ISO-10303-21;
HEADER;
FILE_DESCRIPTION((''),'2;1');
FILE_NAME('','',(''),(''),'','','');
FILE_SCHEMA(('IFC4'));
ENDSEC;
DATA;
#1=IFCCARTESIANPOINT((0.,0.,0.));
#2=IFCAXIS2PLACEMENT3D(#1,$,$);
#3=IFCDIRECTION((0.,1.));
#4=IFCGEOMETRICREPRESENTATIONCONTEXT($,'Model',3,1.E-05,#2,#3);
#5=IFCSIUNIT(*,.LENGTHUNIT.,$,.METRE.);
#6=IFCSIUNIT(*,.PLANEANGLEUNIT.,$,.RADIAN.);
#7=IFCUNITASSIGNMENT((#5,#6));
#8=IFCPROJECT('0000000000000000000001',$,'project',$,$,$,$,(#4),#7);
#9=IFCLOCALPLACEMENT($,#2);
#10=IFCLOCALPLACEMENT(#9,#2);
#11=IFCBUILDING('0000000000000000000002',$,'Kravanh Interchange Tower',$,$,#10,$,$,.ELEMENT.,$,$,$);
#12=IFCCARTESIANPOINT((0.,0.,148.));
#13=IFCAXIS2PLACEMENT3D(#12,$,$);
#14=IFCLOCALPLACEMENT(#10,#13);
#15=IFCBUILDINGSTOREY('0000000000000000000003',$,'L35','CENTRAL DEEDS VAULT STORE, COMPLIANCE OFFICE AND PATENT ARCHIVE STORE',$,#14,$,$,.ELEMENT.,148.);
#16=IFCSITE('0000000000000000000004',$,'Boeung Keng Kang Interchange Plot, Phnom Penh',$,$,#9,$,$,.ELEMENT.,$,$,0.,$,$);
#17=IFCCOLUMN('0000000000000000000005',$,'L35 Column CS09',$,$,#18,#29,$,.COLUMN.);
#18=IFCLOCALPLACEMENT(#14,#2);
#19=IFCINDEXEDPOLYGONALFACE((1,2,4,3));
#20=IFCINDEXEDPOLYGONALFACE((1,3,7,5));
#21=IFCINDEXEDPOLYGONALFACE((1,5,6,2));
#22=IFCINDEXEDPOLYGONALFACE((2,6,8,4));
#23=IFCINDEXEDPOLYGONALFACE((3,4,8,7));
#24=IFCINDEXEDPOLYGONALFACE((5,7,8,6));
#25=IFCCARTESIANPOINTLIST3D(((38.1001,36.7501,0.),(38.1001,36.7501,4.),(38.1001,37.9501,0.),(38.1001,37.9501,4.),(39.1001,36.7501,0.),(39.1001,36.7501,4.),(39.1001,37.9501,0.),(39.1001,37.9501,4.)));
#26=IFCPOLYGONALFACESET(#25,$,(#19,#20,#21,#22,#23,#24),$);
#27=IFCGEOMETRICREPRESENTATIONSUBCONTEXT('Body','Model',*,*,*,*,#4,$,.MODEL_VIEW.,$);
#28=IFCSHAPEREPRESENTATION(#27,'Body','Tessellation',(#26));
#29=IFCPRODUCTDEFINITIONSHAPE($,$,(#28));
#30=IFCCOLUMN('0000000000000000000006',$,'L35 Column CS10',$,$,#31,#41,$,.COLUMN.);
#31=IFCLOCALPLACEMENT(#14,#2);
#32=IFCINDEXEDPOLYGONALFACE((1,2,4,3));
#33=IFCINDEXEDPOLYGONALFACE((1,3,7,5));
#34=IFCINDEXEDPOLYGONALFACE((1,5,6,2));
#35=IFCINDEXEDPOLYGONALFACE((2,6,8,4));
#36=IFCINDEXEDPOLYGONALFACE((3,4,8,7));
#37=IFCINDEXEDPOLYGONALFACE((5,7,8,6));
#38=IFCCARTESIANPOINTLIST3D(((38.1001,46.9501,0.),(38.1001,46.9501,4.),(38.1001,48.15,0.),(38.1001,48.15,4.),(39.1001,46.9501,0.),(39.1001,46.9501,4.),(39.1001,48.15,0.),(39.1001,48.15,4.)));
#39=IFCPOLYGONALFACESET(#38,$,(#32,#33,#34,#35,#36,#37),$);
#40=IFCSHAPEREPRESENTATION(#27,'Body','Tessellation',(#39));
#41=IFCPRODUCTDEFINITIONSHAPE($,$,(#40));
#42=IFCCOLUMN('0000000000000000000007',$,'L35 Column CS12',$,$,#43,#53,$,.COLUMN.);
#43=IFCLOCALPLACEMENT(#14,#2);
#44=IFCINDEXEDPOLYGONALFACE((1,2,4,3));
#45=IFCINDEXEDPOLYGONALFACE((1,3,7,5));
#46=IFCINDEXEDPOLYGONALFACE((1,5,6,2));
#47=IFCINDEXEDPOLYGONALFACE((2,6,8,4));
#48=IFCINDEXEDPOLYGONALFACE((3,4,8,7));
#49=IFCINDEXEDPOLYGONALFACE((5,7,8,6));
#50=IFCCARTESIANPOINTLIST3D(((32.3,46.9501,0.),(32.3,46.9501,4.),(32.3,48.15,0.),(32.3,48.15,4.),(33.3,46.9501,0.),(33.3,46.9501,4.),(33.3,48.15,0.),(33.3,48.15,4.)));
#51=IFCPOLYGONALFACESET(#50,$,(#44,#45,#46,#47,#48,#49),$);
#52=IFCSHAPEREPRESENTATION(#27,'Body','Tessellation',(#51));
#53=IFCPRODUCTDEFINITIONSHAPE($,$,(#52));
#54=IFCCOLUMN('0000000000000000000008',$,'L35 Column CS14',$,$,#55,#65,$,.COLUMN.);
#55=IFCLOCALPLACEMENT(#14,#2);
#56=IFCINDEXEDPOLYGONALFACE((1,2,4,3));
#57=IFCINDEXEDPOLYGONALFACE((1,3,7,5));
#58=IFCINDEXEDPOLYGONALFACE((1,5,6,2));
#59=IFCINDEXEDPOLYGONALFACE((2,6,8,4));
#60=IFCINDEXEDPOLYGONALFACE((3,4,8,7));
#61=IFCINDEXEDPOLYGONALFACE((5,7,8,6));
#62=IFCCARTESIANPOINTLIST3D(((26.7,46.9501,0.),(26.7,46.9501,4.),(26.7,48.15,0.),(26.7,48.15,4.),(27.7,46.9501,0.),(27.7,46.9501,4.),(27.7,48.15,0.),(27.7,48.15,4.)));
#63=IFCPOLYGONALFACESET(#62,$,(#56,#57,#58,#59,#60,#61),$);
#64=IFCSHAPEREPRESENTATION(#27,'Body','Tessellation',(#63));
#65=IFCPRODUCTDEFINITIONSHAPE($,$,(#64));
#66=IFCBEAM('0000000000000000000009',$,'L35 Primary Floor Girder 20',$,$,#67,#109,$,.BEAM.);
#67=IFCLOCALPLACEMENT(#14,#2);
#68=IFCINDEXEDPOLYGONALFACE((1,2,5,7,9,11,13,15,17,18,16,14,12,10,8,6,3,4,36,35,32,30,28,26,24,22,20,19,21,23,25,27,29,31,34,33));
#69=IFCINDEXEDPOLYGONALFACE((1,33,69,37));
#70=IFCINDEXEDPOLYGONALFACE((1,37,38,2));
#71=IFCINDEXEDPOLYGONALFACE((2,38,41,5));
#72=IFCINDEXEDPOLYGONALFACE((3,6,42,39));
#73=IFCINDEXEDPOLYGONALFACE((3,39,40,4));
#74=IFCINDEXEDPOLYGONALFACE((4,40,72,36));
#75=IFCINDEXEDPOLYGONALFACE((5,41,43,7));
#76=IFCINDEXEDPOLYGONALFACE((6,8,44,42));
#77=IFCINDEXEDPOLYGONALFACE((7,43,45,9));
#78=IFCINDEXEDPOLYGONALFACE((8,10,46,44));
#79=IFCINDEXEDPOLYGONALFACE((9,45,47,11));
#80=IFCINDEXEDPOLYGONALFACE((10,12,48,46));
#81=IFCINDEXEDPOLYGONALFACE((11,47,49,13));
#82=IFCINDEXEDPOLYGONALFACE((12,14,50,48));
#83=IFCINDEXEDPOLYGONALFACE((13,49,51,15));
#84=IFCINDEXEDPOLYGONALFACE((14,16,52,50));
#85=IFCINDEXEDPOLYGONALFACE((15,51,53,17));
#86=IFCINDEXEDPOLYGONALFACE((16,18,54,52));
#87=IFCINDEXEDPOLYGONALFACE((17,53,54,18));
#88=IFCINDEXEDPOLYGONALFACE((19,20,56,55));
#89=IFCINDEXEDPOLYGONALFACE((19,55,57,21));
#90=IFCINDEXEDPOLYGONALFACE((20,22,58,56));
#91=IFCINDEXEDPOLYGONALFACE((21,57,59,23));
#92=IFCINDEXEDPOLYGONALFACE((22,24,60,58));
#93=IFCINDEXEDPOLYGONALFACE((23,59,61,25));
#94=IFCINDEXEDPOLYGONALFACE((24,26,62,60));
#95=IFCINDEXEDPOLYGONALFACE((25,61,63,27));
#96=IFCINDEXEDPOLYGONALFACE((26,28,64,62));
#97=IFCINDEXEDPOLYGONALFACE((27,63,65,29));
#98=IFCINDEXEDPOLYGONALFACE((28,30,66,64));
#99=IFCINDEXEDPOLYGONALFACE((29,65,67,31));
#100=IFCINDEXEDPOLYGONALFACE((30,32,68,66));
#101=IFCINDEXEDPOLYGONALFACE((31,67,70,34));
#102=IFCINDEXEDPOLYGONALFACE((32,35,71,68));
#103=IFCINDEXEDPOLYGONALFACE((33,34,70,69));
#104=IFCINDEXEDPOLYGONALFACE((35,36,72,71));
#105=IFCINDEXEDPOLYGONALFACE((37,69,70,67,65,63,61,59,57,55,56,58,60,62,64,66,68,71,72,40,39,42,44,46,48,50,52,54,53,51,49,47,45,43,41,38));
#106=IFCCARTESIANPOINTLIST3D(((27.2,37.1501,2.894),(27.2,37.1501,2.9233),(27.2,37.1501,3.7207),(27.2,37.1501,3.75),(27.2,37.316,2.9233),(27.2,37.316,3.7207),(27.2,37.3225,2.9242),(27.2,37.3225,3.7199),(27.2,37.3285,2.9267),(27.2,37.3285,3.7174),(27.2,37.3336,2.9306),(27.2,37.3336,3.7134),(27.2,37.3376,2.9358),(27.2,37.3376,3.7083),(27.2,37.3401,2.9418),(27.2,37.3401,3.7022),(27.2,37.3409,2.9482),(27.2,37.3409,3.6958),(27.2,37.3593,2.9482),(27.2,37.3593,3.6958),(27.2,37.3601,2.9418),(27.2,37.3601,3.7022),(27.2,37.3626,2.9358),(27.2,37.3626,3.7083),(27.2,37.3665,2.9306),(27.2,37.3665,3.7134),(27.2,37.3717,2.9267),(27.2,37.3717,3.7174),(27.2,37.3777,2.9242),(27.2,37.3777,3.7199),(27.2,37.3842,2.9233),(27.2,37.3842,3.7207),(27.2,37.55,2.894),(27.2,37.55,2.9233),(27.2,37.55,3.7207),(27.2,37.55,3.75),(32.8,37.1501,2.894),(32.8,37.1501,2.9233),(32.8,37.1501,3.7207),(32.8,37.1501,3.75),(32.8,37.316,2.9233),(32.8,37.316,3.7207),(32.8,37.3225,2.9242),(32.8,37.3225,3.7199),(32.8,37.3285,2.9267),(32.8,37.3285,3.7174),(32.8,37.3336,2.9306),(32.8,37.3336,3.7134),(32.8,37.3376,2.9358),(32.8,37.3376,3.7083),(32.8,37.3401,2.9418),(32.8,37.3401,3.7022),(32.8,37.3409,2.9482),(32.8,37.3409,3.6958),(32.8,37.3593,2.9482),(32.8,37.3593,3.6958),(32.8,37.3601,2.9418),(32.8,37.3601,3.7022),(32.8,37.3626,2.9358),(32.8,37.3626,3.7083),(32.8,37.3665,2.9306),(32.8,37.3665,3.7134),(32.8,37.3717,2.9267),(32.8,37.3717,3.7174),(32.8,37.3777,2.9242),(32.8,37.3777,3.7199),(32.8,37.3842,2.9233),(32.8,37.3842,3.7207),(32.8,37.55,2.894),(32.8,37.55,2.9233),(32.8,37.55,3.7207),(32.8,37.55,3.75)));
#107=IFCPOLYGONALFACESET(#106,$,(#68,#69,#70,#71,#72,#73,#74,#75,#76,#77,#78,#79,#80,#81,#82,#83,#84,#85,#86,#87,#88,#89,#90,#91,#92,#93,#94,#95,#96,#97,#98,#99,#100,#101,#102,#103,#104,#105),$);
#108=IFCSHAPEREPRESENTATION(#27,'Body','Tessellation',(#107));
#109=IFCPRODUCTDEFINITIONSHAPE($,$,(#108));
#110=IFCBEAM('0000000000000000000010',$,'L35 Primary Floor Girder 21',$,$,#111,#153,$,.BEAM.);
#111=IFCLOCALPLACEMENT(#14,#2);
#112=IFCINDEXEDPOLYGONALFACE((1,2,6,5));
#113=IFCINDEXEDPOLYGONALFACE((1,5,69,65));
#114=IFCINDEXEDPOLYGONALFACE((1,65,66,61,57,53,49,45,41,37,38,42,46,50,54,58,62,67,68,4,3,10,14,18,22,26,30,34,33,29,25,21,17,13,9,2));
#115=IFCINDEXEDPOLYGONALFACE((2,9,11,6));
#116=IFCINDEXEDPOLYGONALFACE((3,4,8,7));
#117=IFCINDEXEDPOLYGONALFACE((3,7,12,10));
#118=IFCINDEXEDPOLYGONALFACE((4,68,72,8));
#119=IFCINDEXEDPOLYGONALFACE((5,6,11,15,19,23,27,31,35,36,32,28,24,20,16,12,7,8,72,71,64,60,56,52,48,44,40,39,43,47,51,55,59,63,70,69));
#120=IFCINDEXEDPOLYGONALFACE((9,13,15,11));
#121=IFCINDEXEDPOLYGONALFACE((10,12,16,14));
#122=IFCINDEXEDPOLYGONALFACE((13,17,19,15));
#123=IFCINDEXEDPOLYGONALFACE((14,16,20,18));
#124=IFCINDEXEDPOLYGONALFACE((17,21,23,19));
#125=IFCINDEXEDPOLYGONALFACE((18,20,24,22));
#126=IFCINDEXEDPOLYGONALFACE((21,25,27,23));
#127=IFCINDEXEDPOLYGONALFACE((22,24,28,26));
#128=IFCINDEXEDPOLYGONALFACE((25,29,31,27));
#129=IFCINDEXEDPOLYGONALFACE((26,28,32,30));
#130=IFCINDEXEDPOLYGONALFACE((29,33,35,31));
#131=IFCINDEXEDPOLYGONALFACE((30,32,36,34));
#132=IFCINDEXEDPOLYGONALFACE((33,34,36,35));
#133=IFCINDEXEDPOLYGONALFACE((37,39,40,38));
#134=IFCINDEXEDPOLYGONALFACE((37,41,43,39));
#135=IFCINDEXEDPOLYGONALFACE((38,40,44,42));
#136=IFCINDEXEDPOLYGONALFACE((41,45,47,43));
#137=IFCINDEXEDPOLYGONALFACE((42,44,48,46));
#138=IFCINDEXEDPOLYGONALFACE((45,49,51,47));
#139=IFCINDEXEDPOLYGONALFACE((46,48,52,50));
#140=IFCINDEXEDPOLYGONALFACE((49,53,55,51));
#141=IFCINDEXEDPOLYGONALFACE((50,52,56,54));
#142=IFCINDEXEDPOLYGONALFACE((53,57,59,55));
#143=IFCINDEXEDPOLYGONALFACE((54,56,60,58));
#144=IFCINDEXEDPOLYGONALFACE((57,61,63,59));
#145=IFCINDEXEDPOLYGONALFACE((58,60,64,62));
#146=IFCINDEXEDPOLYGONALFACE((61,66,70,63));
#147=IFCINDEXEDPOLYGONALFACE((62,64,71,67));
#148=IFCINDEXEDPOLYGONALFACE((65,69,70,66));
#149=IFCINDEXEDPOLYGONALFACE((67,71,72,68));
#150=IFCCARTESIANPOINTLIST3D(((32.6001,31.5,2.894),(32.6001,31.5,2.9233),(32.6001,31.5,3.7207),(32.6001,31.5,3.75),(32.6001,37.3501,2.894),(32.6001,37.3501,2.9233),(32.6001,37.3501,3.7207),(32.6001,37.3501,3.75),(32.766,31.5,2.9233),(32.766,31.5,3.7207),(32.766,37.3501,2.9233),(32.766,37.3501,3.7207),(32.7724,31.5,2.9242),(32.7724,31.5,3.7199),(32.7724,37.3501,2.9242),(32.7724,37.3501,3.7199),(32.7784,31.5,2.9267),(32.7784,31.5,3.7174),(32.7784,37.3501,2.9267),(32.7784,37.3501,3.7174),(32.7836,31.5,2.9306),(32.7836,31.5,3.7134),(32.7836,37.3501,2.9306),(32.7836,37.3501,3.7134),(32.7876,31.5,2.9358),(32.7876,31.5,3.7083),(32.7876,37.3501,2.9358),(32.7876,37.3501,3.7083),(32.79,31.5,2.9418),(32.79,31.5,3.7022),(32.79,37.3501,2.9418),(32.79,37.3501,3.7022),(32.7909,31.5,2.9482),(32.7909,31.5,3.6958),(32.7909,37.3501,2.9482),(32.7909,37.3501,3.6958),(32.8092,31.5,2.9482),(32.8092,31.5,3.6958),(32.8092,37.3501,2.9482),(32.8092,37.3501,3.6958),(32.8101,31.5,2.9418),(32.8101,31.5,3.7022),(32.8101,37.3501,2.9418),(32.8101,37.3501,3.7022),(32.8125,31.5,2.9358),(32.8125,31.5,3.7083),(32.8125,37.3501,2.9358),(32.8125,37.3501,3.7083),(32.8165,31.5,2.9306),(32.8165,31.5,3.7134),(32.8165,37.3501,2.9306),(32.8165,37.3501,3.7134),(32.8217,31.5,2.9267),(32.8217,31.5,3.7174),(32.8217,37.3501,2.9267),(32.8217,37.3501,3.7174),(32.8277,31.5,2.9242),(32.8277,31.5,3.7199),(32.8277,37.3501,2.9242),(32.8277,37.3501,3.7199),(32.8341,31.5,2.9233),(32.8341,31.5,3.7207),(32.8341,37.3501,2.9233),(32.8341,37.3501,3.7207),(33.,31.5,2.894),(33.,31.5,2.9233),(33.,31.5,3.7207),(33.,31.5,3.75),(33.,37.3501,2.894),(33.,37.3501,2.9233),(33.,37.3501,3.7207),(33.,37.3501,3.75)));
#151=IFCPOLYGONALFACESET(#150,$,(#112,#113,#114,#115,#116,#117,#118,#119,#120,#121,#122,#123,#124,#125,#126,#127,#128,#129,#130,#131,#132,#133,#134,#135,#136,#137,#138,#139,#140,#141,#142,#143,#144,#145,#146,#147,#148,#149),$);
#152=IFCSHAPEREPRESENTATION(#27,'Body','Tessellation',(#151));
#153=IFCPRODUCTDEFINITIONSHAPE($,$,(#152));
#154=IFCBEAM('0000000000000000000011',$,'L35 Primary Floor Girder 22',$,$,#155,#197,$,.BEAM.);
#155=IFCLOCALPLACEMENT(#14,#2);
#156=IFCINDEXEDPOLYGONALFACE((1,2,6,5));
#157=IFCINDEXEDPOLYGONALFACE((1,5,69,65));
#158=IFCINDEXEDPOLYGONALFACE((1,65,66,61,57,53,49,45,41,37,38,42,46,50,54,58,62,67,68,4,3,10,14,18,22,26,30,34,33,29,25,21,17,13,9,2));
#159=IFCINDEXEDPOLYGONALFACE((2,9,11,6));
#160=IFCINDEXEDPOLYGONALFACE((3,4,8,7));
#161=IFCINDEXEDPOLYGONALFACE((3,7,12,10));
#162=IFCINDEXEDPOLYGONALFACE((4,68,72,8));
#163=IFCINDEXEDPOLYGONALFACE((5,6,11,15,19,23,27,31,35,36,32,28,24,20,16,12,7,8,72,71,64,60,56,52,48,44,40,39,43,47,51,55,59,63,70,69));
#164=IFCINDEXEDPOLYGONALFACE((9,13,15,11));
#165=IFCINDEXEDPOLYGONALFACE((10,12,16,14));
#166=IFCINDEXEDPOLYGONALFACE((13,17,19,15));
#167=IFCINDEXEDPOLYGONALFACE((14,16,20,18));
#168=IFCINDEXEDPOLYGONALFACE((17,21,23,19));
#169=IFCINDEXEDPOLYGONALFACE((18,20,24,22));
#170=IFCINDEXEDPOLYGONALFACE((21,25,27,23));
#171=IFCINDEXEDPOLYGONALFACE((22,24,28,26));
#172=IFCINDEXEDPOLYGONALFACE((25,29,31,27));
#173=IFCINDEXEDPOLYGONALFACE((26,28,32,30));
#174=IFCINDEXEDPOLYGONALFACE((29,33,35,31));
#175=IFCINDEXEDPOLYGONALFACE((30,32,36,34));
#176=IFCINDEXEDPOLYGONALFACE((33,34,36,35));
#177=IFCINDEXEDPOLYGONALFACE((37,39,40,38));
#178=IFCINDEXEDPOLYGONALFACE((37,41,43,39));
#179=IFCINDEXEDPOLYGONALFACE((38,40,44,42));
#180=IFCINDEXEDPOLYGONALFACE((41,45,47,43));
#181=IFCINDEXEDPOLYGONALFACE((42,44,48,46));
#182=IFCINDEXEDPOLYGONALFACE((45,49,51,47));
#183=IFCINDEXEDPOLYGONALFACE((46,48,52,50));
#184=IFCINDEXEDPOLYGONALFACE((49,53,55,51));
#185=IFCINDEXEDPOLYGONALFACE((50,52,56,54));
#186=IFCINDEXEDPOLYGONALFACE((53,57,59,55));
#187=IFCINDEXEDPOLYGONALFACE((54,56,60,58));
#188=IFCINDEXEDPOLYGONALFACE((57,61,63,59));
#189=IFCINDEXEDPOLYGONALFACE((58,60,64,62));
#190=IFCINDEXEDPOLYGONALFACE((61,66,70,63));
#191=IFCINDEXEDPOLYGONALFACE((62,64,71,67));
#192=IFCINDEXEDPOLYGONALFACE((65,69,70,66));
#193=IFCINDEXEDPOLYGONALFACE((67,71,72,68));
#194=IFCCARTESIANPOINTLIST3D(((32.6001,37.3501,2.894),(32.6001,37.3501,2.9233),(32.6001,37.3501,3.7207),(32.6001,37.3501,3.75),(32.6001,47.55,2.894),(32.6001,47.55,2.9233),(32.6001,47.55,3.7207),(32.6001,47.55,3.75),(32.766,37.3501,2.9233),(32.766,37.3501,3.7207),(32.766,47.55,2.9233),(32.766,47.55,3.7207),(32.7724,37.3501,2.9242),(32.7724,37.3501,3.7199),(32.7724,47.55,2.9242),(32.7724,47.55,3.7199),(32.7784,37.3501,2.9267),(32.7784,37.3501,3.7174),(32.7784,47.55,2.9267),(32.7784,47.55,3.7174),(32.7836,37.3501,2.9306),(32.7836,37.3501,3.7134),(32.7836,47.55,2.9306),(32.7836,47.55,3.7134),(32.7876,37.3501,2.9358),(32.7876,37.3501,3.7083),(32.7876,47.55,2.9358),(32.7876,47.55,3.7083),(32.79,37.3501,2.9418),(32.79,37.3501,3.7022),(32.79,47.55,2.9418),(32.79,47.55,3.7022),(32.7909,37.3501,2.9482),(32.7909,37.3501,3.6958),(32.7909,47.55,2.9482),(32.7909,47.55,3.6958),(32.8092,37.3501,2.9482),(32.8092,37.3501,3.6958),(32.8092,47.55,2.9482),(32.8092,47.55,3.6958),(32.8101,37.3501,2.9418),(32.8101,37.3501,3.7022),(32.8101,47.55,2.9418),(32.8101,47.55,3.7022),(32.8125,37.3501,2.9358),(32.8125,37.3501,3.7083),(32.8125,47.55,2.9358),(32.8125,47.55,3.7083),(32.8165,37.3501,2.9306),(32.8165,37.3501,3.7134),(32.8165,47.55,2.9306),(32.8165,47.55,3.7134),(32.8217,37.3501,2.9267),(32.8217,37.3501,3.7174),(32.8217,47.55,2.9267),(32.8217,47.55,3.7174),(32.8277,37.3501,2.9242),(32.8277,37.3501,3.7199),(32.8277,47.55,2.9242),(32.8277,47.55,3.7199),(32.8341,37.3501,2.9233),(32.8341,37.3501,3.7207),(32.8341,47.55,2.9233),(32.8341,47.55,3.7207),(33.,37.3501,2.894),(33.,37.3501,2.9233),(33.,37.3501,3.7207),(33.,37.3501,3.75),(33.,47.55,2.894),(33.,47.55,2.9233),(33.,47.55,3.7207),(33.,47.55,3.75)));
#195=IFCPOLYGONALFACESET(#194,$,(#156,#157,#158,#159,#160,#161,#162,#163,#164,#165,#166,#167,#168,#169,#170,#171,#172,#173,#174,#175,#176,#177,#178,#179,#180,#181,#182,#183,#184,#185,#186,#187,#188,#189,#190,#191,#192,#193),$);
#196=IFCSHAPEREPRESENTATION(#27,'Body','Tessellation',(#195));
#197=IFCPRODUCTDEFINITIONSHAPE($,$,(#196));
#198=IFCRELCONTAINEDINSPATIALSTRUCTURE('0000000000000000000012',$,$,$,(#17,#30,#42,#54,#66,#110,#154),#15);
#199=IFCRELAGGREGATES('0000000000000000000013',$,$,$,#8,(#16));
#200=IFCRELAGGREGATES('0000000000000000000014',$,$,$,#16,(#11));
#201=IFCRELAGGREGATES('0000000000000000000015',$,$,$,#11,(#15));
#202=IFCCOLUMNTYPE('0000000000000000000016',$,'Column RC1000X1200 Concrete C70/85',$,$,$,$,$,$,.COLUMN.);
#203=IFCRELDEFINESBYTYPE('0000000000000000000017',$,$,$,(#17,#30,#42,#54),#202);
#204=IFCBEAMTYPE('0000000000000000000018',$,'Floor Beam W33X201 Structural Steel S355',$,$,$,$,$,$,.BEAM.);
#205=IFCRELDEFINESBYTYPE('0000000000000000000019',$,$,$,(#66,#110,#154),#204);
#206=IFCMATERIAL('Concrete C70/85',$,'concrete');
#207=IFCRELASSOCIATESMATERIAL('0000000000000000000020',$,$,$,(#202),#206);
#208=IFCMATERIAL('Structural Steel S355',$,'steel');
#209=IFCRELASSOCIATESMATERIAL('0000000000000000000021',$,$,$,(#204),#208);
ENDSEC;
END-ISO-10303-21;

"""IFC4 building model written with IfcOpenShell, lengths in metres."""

from ifc_helpers import new_model, si_unit, direction, frame, origin, origin_2d, place, context, subcontext, project, spatial, rectangle, i_section, extrude, material, material_profile, profile_set, type_object, element, save


model = new_model("IFC4")

# Units and contexts
model_context = context("Model", 3, precision=1e-05, world=origin(), true_north=direction((0.0, 1.0)))
body_context = subcontext(model_context, "Body", "Model", "MODEL_VIEW")
ifc_project = project(units=[si_unit("LENGTHUNIT", "METRE"), si_unit("PLANEANGLEUNIT", "RADIAN")], contexts=[model_context])

# Site, building, storey
site_placement = place(None, origin())
site = spatial("IfcSite", under=ifc_project, at=site_placement, Name="Boeung Keng Kang Interchange Plot, Phnom Penh", CompositionType="ELEMENT", RefElevation=0.0)
building_placement = place(site_placement, origin())
building = spatial("IfcBuilding", under=site, at=building_placement, Name="Kravanh Interchange Tower", CompositionType="ELEMENT")
storey_placement = place(building_placement, frame((0.0, 0.0, 148.0)))
storey = spatial("IfcBuildingStorey", under=building, at=storey_placement, Name="L35", Description="CENTRAL DEEDS VAULT STORE, COMPLIANCE OFFICE AND PATENT ARCHIVE STORE", CompositionType="ELEMENT", Elevation=148.0)

# Columns
ifc_material_1 = material(Name="Concrete C70/85", Category="concrete")
ifc_material_profile_1 = material_profile(ifc_material_1, rectangle(XDim=1.0, YDim=1.2, at=origin_2d()), Name="RC1000X1200")
ifc_profile_set_1 = profile_set([ifc_material_profile_1], Name="Concrete C70/85")
column_type = type_object("IfcColumnType", Name="Column RC1000X1200 Concrete C70/85", PredefinedType="COLUMN", material=ifc_profile_set_1)
for number, where, z_axis, x_axis, name in (
    (1, (38.6001, 37.3501, 0.0), (0.0, 0.0, 1.0), (1.0, 0.0, 0.0), "L35 Column CS09"),
    (2, (38.6001, 47.55, 0.0), (0.0, 0.0, 1.0), (1.0, 0.0, 0.0), "L35 Column CS10"),
    (3, (32.8, 47.55, 0.0), (0.0, 0.0, 1.0), (1.0, 0.0, 0.0), "L35 Column CS12"),
    (4, (27.2, 47.55, 0.0), (0.0, 0.0, 1.0), (1.0, 0.0, 0.0), "L35 Column CS14"),
):
    element("IfcColumn", number, at=place(storey_placement, frame(where, z_axis=z_axis, x_axis=x_axis)), inside=storey, type_object=column_type, Name=name, PredefinedType="COLUMN", context=body_context, shape_type="SweptSolid", body=[
        extrude(rectangle(XDim=1.0, YDim=1.2, at=origin_2d()), origin(), (0.0, 0.0, 1.0), 4.0),
    ])

# Beams
ifc_material_2 = material(Name="Structural Steel S355", Category="steel")
ifc_material_profile_2 = material_profile(ifc_material_2, i_section(OverallWidth=0.3999, OverallDepth=0.856, WebThickness=0.0183, FlangeThickness=0.0293, FilletRadius=0.0249, at=origin_2d()), Name="W33X201")
ifc_profile_set_2 = profile_set([ifc_material_profile_2], Name="Structural Steel S355")
beam_type = type_object("IfcBeamType", Name="Floor Beam W33X201 Structural Steel S355", PredefinedType="BEAM", material=ifc_profile_set_2)
beam_1_placement = place(storey_placement, frame((32.8, 37.3501, 3.322), z_axis=(-1.0, 0.0, 0.0), x_axis=(0.0, -1.0, 0.0)))
element("IfcBeam", 5, at=beam_1_placement, inside=storey, type_object=beam_type, Name="L35 Primary Floor Girder 20", PredefinedType="BEAM", context=body_context, shape_type="SweptSolid", body=[
    extrude(i_section(OverallWidth=0.3999, OverallDepth=0.856, WebThickness=0.0183, FlangeThickness=0.0293, FilletRadius=0.0249, at=origin_2d()), origin(), (0.0, 0.0, 1.0), 5.6001),
])
beam_2_placement = place(storey_placement, frame((32.8, 37.3501, 3.322), z_axis=(0.0, -1.0, 0.0), x_axis=(1.0, 0.0, 0.0)))
element("IfcBeam", 6, at=beam_2_placement, inside=storey, type_object=beam_type, Name="L35 Primary Floor Girder 21", PredefinedType="BEAM", context=body_context, shape_type="SweptSolid", body=[
    extrude(i_section(OverallWidth=0.3999, OverallDepth=0.856, WebThickness=0.0183, FlangeThickness=0.0293, FilletRadius=0.0249, at=origin_2d()), origin(), (0.0, 0.0, 1.0), 5.8501),
])
beam_3_placement = place(storey_placement, frame((32.8, 37.3501, 3.322), z_axis=(0.0, 1.0, 0.0), x_axis=(-1.0, 0.0, 0.0)))
element("IfcBeam", 7, at=beam_3_placement, inside=storey, type_object=beam_type, Name="L35 Primary Floor Girder 22", PredefinedType="BEAM", context=body_context, shape_type="SweptSolid", body=[
    extrude(i_section(OverallWidth=0.3999, OverallDepth=0.856, WebThickness=0.0183, FlangeThickness=0.0293, FilletRadius=0.0249, at=origin_2d()), origin(), (0.0, 0.0, 1.0), 10.2),
])

save(model, "model.ifc")
